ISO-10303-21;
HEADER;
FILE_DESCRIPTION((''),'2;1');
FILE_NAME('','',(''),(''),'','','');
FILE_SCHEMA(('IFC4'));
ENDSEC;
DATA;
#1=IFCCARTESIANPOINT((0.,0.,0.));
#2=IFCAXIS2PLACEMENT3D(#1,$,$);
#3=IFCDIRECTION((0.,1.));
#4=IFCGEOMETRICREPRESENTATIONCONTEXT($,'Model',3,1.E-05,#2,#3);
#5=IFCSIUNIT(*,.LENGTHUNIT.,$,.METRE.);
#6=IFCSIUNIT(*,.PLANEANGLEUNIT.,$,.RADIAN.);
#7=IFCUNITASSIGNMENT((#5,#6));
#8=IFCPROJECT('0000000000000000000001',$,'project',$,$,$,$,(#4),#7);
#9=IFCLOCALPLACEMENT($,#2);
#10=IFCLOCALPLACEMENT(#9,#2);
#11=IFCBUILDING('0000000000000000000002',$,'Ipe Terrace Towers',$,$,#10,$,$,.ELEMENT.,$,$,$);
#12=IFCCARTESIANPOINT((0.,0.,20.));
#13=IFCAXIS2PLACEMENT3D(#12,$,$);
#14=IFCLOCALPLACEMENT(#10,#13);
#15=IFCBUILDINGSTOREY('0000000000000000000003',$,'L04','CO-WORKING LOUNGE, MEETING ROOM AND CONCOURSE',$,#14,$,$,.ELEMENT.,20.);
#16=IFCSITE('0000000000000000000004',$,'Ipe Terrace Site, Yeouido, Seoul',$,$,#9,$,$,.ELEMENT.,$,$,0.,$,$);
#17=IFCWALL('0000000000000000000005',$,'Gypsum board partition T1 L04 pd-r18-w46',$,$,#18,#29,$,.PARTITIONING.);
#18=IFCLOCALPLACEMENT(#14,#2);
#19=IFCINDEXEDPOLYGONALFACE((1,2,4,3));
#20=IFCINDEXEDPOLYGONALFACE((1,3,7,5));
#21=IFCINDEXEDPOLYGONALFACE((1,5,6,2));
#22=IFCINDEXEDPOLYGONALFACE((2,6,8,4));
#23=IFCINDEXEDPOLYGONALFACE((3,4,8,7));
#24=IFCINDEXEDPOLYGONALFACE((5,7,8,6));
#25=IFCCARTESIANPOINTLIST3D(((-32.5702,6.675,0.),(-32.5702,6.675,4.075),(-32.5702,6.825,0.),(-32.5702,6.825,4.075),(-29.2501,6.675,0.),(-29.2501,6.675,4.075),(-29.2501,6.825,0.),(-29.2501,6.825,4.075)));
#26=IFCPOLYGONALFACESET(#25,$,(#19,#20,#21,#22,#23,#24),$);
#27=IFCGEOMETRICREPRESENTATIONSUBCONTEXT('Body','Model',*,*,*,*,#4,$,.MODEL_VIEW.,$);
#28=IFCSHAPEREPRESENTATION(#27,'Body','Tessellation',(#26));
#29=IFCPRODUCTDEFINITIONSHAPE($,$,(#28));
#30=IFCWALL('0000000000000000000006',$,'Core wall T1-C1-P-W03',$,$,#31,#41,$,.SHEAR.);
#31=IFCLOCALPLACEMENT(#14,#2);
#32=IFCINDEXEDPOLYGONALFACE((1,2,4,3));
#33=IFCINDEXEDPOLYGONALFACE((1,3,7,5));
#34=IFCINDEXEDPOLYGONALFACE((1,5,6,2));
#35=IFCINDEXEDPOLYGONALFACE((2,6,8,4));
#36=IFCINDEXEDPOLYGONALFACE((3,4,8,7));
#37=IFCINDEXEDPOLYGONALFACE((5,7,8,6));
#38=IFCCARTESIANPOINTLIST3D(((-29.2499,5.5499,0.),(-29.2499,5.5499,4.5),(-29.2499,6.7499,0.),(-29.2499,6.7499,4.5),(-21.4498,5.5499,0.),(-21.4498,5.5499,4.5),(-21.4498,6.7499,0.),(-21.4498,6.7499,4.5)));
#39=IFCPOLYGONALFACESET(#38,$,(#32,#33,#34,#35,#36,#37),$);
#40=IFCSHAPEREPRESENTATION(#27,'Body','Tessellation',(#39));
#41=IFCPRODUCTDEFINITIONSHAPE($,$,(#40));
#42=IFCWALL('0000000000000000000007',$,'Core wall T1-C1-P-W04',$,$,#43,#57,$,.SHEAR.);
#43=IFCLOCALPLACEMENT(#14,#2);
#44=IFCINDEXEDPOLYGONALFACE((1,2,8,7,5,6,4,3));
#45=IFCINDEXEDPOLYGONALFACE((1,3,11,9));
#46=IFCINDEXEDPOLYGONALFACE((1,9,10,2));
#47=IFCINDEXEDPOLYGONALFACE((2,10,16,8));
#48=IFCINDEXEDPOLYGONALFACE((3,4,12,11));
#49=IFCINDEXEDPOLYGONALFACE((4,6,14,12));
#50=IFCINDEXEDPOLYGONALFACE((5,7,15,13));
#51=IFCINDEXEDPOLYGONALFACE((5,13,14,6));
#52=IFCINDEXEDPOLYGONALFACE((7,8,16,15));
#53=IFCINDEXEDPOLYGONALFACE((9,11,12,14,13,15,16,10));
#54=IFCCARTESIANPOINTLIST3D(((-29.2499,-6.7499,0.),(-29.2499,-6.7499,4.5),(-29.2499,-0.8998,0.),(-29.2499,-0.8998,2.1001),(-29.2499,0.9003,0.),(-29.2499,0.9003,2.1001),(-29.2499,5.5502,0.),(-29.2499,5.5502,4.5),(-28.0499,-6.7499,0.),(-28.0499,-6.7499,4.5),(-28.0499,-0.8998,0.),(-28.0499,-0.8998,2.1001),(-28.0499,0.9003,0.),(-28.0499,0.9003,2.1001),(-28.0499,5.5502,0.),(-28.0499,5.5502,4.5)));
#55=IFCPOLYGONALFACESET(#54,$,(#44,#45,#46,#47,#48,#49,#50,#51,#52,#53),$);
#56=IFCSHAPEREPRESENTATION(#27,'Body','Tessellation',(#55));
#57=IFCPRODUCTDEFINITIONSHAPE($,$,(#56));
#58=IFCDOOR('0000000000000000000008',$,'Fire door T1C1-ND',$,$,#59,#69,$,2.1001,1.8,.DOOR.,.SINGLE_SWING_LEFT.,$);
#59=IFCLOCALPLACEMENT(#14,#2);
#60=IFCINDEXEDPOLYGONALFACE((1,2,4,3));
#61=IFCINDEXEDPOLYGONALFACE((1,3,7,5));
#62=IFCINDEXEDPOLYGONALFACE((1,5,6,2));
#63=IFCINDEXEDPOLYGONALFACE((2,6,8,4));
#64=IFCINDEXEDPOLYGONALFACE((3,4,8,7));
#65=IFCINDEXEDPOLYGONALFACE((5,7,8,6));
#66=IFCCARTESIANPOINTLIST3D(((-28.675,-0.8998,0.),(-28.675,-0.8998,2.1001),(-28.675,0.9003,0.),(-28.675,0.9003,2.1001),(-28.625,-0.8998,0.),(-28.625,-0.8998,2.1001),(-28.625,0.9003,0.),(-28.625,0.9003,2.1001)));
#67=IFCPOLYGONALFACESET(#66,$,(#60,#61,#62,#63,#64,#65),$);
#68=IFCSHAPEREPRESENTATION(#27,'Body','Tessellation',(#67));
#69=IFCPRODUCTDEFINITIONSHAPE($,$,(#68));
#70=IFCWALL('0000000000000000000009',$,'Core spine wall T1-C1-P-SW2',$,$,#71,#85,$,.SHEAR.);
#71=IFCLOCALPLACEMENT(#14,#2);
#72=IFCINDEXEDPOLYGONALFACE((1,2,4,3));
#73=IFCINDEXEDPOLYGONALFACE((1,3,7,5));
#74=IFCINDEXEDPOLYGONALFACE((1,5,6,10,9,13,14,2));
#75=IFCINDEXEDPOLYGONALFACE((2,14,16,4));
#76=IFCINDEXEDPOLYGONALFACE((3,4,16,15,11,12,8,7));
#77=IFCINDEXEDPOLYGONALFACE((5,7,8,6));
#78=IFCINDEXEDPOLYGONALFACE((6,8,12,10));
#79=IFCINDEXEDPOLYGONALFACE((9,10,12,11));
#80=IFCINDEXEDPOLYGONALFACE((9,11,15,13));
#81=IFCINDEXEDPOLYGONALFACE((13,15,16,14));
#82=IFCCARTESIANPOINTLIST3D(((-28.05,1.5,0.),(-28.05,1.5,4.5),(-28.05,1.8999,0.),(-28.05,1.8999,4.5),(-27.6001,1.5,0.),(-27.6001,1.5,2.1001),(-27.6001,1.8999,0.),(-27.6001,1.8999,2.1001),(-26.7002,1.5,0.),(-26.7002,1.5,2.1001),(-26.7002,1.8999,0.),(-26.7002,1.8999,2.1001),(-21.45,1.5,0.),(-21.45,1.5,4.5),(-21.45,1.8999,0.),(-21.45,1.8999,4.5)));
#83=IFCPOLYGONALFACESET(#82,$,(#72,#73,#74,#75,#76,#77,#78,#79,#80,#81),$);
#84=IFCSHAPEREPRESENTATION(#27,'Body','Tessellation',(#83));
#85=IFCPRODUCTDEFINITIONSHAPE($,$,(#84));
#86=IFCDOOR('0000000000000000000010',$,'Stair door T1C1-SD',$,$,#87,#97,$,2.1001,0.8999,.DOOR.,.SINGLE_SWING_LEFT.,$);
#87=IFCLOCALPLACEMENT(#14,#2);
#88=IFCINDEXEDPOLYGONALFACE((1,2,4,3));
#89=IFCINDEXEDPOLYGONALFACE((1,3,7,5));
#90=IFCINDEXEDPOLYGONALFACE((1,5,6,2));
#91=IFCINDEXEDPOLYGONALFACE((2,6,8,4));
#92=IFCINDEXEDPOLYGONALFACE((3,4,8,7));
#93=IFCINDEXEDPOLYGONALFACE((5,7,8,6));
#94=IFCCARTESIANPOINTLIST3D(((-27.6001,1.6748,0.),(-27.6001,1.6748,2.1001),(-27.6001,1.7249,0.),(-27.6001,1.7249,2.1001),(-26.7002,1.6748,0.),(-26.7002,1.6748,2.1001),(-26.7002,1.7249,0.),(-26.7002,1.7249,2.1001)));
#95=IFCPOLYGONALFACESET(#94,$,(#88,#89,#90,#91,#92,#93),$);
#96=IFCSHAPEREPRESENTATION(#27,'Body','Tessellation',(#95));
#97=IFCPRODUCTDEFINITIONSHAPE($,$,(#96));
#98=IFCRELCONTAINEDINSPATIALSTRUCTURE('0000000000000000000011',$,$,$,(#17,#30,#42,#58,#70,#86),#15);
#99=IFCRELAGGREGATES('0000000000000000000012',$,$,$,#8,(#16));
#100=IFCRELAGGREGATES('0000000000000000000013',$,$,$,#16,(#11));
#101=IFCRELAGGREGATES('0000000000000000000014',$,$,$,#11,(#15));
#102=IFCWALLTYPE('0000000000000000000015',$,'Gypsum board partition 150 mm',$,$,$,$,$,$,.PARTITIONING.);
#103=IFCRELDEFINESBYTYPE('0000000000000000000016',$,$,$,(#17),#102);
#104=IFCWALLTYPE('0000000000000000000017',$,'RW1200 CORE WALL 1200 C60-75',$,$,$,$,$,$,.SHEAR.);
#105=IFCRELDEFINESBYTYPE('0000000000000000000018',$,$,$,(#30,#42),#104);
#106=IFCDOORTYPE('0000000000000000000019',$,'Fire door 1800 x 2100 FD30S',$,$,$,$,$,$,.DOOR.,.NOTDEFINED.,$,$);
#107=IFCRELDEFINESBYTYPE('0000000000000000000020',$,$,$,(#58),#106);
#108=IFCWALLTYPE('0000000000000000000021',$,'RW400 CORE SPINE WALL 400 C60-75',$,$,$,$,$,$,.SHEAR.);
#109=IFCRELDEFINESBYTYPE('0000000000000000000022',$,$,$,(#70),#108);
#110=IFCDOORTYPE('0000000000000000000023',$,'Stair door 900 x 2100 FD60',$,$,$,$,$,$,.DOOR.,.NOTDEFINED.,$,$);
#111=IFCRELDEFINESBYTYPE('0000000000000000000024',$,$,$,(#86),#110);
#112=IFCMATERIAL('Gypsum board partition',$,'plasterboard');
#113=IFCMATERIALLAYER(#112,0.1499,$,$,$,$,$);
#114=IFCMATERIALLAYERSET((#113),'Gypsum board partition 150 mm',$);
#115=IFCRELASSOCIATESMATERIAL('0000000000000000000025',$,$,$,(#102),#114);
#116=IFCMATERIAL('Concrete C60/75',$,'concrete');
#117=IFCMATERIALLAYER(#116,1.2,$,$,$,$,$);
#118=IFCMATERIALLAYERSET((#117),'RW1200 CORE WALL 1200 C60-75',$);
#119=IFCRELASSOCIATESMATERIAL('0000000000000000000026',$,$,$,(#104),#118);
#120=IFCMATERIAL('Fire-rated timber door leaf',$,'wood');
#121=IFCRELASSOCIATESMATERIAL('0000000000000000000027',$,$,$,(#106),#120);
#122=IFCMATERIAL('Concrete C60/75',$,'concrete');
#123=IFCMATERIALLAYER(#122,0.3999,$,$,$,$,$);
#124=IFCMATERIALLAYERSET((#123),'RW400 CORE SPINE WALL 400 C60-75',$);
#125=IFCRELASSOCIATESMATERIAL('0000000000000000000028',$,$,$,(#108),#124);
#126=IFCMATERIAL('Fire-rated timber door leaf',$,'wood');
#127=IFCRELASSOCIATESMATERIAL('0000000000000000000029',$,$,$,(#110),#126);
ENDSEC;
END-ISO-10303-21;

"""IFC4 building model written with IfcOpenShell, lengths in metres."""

from ifc_helpers import new_model, si_unit, direction, frame, frame_2d, origin, place, context, subcontext, project, spatial, rectangle, extrude, material, layer, layer_set, type_object, element, fill, save


model = new_model("IFC4")

# Units and contexts
model_context = context("Model", 3, precision=1e-05, world=origin(), true_north=direction((0.0, 1.0)))
body_context = subcontext(model_context, "Body", "Model", "MODEL_VIEW")
ifc_project = project(units=[si_unit("LENGTHUNIT", "METRE"), si_unit("PLANEANGLEUNIT", "RADIAN")], contexts=[model_context])

# Site, building, storey
site_placement = place(None, origin())
site = spatial("IfcSite", under=ifc_project, at=site_placement, Name="Ipe Terrace Site, Yeouido, Seoul", CompositionType="ELEMENT", RefElevation=0.0)
building_placement = place(site_placement, origin())
building = spatial("IfcBuilding", under=site, at=building_placement, Name="Ipe Terrace Towers", CompositionType="ELEMENT")
storey_placement = place(building_placement, frame((0.0, 0.0, 20.0)))
storey = spatial("IfcBuildingStorey", under=building, at=storey_placement, Name="L04", Description="CO-WORKING LOUNGE, MEETING ROOM AND CONCOURSE", CompositionType="ELEMENT", Elevation=20.0)

# Walls
ifc_material_1 = material(Name="Gypsum board partition", Category="plasterboard")
ifc_layer_1 = layer(ifc_material_1, 0.1499)
ifc_layer_set_1 = layer_set([ifc_layer_1], Name="Gypsum board partition 150 mm")
wall_type_1 = type_object("IfcWallType", Name="Gypsum board partition 150 mm", PredefinedType="PARTITIONING", material=ifc_layer_set_1)
wall_1_placement = place(storey_placement, frame((-29.25, 6.75, 0.0), z_axis=(0.0, 0.0, 1.0), x_axis=(-1.0, 0.0, 0.0)))
element("IfcWall", 1, at=wall_1_placement, inside=storey, type_object=wall_type_1, Name="Gypsum board partition T1 L04 pd-r18-w46", PredefinedType="PARTITIONING", context=body_context, shape_type="SweptSolid", body=[
    extrude(rectangle(XDim=3.3201, YDim=0.1499, at=frame_2d((1.6602, 0.0))), origin(), (0.0, 0.0, 1.0), 4.075),
])
ifc_material_2 = material(Name="Concrete C60/75", Category="concrete")
ifc_layer_2 = layer(ifc_material_2, 1.2)
ifc_layer_set_2 = layer_set([ifc_layer_2], Name="RW1200 CORE WALL 1200 C60-75")
wall_type_2 = type_object("IfcWallType", Name="RW1200 CORE WALL 1200 C60-75", PredefinedType="SHEAR", material=ifc_layer_set_2)
wall_2_placement = place(storey_placement, frame((-21.45, 6.1499, 0.0), z_axis=(0.0, 0.0, 1.0), x_axis=(-1.0, 0.0, 0.0)))
element("IfcWall", 2, at=wall_2_placement, inside=storey, type_object=wall_type_2, Name="Core wall T1-C1-P-W03", PredefinedType="SHEAR", context=body_context, shape_type="SweptSolid", body=[
    extrude(rectangle(XDim=7.8, YDim=1.2, at=frame_2d((3.8999, 0.0))), origin(), (0.0, 0.0, 1.0), 4.5),
])

# Walls, openings, doors
wall_3_placement = place(storey_placement, frame((-28.6499, 5.55, 0.0), z_axis=(0.0, 0.0, 1.0), x_axis=(0.0, -1.0, 0.0)))
wall_3 = element("IfcWall", 3, at=wall_3_placement, inside=storey, type_object=wall_type_2, Name="Core wall T1-C1-P-W04", PredefinedType="SHEAR", context=body_context, shape_type="SweptSolid", body=[
    extrude(rectangle(XDim=12.3, YDim=1.2, at=frame_2d((6.1499, 0.0))), origin(), (0.0, 0.0, 1.0), 4.5),
])
opening_1_placement = place(wall_3_placement, frame((4.6499, 0.0, 0.0)))
opening_1 = element("IfcOpeningElement", 4, at=opening_1_placement, cuts=wall_3, PredefinedType="OPENING", context=body_context, shape_type="SweptSolid", body=[
    extrude(rectangle(XDim=1.8, YDim=2.1001, at=frame_2d((0.8999, 1.05))), frame((0.0, 0.6099, 0.0), z_axis=(0.0, -1.0, 0.0), x_axis=(1.0, 0.0, 0.0)), (0.0, 0.0, 1.0), 1.22),
])
ifc_material_3 = material(Name="Fire-rated timber door leaf", Category="wood")
door_type_1 = type_object("IfcDoorType", Name="Fire door 1800 x 2100 FD30S", OperationType="NOTDEFINED", PredefinedType="DOOR", material=ifc_material_3)
door_1_placement = place(opening_1_placement, origin())
door_1 = element("IfcDoor", 5, at=door_1_placement, inside=storey, type_object=door_type_1, Name="Fire door T1C1-ND", OperationType="SINGLE_SWING_LEFT", OverallHeight=2.1001, OverallWidth=1.8, PredefinedType="DOOR", context=body_context, shape_type="SweptSolid", body=[
    extrude(rectangle(XDim=1.8, YDim=2.1001, at=frame_2d((0.8999, 1.05))), frame((0.0, 0.0249, 0.0), z_axis=(0.0, -1.0, 0.0), x_axis=(1.0, 0.0, 0.0)), (0.0, 0.0, 1.0), 0.05),
])
fill(opening_1, door_1)
ifc_material_4 = material(Name="Concrete C60/75", Category="concrete")
ifc_layer_3 = layer(ifc_material_4, 0.3999)
ifc_layer_set_3 = layer_set([ifc_layer_3], Name="RW400 CORE SPINE WALL 400 C60-75")
wall_type_3 = type_object("IfcWallType", Name="RW400 CORE SPINE WALL 400 C60-75", PredefinedType="SHEAR", material=ifc_layer_set_3)
wall_4_placement = place(storey_placement, frame((-28.05, 1.7, 0.0), z_axis=(0.0, 0.0, 1.0), x_axis=(1.0, 0.0, 0.0)))
wall_4 = element("IfcWall", 6, at=wall_4_placement, inside=storey, type_object=wall_type_3, Name="Core spine wall T1-C1-P-SW2", PredefinedType="SHEAR", context=body_context, shape_type="SweptSolid", body=[
    extrude(rectangle(XDim=6.6001, YDim=0.3999, at=frame_2d((3.3, 0.0))), origin(), (0.0, 0.0, 1.0), 4.5),
])
opening_2_placement = place(wall_4_placement, frame((0.45, 0.0, 0.0)))
opening_2 = element("IfcOpeningElement", 7, at=opening_2_placement, cuts=wall_4, PredefinedType="OPENING", context=body_context, shape_type="SweptSolid", body=[
    extrude(rectangle(XDim=0.8999, YDim=2.1001, at=frame_2d((0.45, 1.05))), frame((0.0, 0.21, 0.0), z_axis=(0.0, -1.0, 0.0), x_axis=(1.0, 0.0, 0.0)), (0.0, 0.0, 1.0), 0.4199),
])
ifc_material_5 = material(Name="Fire-rated timber door leaf", Category="wood")
door_type_2 = type_object("IfcDoorType", Name="Stair door 900 x 2100 FD60", OperationType="NOTDEFINED", PredefinedType="DOOR", material=ifc_material_5)
door_2_placement = place(opening_2_placement, origin())
door_2 = element("IfcDoor", 8, at=door_2_placement, inside=storey, type_object=door_type_2, Name="Stair door T1C1-SD", OperationType="SINGLE_SWING_LEFT", OverallHeight=2.1001, OverallWidth=0.8999, PredefinedType="DOOR", context=body_context, shape_type="SweptSolid", body=[
    extrude(rectangle(XDim=0.8999, YDim=2.1001, at=frame_2d((0.45, 1.05))), frame((0.0, 0.0249, 0.0), z_axis=(0.0, -1.0, 0.0), x_axis=(1.0, 0.0, 0.0)), (0.0, 0.0, 1.0), 0.05),
])
fill(opening_2, door_2)

save(model, "model.ifc")
